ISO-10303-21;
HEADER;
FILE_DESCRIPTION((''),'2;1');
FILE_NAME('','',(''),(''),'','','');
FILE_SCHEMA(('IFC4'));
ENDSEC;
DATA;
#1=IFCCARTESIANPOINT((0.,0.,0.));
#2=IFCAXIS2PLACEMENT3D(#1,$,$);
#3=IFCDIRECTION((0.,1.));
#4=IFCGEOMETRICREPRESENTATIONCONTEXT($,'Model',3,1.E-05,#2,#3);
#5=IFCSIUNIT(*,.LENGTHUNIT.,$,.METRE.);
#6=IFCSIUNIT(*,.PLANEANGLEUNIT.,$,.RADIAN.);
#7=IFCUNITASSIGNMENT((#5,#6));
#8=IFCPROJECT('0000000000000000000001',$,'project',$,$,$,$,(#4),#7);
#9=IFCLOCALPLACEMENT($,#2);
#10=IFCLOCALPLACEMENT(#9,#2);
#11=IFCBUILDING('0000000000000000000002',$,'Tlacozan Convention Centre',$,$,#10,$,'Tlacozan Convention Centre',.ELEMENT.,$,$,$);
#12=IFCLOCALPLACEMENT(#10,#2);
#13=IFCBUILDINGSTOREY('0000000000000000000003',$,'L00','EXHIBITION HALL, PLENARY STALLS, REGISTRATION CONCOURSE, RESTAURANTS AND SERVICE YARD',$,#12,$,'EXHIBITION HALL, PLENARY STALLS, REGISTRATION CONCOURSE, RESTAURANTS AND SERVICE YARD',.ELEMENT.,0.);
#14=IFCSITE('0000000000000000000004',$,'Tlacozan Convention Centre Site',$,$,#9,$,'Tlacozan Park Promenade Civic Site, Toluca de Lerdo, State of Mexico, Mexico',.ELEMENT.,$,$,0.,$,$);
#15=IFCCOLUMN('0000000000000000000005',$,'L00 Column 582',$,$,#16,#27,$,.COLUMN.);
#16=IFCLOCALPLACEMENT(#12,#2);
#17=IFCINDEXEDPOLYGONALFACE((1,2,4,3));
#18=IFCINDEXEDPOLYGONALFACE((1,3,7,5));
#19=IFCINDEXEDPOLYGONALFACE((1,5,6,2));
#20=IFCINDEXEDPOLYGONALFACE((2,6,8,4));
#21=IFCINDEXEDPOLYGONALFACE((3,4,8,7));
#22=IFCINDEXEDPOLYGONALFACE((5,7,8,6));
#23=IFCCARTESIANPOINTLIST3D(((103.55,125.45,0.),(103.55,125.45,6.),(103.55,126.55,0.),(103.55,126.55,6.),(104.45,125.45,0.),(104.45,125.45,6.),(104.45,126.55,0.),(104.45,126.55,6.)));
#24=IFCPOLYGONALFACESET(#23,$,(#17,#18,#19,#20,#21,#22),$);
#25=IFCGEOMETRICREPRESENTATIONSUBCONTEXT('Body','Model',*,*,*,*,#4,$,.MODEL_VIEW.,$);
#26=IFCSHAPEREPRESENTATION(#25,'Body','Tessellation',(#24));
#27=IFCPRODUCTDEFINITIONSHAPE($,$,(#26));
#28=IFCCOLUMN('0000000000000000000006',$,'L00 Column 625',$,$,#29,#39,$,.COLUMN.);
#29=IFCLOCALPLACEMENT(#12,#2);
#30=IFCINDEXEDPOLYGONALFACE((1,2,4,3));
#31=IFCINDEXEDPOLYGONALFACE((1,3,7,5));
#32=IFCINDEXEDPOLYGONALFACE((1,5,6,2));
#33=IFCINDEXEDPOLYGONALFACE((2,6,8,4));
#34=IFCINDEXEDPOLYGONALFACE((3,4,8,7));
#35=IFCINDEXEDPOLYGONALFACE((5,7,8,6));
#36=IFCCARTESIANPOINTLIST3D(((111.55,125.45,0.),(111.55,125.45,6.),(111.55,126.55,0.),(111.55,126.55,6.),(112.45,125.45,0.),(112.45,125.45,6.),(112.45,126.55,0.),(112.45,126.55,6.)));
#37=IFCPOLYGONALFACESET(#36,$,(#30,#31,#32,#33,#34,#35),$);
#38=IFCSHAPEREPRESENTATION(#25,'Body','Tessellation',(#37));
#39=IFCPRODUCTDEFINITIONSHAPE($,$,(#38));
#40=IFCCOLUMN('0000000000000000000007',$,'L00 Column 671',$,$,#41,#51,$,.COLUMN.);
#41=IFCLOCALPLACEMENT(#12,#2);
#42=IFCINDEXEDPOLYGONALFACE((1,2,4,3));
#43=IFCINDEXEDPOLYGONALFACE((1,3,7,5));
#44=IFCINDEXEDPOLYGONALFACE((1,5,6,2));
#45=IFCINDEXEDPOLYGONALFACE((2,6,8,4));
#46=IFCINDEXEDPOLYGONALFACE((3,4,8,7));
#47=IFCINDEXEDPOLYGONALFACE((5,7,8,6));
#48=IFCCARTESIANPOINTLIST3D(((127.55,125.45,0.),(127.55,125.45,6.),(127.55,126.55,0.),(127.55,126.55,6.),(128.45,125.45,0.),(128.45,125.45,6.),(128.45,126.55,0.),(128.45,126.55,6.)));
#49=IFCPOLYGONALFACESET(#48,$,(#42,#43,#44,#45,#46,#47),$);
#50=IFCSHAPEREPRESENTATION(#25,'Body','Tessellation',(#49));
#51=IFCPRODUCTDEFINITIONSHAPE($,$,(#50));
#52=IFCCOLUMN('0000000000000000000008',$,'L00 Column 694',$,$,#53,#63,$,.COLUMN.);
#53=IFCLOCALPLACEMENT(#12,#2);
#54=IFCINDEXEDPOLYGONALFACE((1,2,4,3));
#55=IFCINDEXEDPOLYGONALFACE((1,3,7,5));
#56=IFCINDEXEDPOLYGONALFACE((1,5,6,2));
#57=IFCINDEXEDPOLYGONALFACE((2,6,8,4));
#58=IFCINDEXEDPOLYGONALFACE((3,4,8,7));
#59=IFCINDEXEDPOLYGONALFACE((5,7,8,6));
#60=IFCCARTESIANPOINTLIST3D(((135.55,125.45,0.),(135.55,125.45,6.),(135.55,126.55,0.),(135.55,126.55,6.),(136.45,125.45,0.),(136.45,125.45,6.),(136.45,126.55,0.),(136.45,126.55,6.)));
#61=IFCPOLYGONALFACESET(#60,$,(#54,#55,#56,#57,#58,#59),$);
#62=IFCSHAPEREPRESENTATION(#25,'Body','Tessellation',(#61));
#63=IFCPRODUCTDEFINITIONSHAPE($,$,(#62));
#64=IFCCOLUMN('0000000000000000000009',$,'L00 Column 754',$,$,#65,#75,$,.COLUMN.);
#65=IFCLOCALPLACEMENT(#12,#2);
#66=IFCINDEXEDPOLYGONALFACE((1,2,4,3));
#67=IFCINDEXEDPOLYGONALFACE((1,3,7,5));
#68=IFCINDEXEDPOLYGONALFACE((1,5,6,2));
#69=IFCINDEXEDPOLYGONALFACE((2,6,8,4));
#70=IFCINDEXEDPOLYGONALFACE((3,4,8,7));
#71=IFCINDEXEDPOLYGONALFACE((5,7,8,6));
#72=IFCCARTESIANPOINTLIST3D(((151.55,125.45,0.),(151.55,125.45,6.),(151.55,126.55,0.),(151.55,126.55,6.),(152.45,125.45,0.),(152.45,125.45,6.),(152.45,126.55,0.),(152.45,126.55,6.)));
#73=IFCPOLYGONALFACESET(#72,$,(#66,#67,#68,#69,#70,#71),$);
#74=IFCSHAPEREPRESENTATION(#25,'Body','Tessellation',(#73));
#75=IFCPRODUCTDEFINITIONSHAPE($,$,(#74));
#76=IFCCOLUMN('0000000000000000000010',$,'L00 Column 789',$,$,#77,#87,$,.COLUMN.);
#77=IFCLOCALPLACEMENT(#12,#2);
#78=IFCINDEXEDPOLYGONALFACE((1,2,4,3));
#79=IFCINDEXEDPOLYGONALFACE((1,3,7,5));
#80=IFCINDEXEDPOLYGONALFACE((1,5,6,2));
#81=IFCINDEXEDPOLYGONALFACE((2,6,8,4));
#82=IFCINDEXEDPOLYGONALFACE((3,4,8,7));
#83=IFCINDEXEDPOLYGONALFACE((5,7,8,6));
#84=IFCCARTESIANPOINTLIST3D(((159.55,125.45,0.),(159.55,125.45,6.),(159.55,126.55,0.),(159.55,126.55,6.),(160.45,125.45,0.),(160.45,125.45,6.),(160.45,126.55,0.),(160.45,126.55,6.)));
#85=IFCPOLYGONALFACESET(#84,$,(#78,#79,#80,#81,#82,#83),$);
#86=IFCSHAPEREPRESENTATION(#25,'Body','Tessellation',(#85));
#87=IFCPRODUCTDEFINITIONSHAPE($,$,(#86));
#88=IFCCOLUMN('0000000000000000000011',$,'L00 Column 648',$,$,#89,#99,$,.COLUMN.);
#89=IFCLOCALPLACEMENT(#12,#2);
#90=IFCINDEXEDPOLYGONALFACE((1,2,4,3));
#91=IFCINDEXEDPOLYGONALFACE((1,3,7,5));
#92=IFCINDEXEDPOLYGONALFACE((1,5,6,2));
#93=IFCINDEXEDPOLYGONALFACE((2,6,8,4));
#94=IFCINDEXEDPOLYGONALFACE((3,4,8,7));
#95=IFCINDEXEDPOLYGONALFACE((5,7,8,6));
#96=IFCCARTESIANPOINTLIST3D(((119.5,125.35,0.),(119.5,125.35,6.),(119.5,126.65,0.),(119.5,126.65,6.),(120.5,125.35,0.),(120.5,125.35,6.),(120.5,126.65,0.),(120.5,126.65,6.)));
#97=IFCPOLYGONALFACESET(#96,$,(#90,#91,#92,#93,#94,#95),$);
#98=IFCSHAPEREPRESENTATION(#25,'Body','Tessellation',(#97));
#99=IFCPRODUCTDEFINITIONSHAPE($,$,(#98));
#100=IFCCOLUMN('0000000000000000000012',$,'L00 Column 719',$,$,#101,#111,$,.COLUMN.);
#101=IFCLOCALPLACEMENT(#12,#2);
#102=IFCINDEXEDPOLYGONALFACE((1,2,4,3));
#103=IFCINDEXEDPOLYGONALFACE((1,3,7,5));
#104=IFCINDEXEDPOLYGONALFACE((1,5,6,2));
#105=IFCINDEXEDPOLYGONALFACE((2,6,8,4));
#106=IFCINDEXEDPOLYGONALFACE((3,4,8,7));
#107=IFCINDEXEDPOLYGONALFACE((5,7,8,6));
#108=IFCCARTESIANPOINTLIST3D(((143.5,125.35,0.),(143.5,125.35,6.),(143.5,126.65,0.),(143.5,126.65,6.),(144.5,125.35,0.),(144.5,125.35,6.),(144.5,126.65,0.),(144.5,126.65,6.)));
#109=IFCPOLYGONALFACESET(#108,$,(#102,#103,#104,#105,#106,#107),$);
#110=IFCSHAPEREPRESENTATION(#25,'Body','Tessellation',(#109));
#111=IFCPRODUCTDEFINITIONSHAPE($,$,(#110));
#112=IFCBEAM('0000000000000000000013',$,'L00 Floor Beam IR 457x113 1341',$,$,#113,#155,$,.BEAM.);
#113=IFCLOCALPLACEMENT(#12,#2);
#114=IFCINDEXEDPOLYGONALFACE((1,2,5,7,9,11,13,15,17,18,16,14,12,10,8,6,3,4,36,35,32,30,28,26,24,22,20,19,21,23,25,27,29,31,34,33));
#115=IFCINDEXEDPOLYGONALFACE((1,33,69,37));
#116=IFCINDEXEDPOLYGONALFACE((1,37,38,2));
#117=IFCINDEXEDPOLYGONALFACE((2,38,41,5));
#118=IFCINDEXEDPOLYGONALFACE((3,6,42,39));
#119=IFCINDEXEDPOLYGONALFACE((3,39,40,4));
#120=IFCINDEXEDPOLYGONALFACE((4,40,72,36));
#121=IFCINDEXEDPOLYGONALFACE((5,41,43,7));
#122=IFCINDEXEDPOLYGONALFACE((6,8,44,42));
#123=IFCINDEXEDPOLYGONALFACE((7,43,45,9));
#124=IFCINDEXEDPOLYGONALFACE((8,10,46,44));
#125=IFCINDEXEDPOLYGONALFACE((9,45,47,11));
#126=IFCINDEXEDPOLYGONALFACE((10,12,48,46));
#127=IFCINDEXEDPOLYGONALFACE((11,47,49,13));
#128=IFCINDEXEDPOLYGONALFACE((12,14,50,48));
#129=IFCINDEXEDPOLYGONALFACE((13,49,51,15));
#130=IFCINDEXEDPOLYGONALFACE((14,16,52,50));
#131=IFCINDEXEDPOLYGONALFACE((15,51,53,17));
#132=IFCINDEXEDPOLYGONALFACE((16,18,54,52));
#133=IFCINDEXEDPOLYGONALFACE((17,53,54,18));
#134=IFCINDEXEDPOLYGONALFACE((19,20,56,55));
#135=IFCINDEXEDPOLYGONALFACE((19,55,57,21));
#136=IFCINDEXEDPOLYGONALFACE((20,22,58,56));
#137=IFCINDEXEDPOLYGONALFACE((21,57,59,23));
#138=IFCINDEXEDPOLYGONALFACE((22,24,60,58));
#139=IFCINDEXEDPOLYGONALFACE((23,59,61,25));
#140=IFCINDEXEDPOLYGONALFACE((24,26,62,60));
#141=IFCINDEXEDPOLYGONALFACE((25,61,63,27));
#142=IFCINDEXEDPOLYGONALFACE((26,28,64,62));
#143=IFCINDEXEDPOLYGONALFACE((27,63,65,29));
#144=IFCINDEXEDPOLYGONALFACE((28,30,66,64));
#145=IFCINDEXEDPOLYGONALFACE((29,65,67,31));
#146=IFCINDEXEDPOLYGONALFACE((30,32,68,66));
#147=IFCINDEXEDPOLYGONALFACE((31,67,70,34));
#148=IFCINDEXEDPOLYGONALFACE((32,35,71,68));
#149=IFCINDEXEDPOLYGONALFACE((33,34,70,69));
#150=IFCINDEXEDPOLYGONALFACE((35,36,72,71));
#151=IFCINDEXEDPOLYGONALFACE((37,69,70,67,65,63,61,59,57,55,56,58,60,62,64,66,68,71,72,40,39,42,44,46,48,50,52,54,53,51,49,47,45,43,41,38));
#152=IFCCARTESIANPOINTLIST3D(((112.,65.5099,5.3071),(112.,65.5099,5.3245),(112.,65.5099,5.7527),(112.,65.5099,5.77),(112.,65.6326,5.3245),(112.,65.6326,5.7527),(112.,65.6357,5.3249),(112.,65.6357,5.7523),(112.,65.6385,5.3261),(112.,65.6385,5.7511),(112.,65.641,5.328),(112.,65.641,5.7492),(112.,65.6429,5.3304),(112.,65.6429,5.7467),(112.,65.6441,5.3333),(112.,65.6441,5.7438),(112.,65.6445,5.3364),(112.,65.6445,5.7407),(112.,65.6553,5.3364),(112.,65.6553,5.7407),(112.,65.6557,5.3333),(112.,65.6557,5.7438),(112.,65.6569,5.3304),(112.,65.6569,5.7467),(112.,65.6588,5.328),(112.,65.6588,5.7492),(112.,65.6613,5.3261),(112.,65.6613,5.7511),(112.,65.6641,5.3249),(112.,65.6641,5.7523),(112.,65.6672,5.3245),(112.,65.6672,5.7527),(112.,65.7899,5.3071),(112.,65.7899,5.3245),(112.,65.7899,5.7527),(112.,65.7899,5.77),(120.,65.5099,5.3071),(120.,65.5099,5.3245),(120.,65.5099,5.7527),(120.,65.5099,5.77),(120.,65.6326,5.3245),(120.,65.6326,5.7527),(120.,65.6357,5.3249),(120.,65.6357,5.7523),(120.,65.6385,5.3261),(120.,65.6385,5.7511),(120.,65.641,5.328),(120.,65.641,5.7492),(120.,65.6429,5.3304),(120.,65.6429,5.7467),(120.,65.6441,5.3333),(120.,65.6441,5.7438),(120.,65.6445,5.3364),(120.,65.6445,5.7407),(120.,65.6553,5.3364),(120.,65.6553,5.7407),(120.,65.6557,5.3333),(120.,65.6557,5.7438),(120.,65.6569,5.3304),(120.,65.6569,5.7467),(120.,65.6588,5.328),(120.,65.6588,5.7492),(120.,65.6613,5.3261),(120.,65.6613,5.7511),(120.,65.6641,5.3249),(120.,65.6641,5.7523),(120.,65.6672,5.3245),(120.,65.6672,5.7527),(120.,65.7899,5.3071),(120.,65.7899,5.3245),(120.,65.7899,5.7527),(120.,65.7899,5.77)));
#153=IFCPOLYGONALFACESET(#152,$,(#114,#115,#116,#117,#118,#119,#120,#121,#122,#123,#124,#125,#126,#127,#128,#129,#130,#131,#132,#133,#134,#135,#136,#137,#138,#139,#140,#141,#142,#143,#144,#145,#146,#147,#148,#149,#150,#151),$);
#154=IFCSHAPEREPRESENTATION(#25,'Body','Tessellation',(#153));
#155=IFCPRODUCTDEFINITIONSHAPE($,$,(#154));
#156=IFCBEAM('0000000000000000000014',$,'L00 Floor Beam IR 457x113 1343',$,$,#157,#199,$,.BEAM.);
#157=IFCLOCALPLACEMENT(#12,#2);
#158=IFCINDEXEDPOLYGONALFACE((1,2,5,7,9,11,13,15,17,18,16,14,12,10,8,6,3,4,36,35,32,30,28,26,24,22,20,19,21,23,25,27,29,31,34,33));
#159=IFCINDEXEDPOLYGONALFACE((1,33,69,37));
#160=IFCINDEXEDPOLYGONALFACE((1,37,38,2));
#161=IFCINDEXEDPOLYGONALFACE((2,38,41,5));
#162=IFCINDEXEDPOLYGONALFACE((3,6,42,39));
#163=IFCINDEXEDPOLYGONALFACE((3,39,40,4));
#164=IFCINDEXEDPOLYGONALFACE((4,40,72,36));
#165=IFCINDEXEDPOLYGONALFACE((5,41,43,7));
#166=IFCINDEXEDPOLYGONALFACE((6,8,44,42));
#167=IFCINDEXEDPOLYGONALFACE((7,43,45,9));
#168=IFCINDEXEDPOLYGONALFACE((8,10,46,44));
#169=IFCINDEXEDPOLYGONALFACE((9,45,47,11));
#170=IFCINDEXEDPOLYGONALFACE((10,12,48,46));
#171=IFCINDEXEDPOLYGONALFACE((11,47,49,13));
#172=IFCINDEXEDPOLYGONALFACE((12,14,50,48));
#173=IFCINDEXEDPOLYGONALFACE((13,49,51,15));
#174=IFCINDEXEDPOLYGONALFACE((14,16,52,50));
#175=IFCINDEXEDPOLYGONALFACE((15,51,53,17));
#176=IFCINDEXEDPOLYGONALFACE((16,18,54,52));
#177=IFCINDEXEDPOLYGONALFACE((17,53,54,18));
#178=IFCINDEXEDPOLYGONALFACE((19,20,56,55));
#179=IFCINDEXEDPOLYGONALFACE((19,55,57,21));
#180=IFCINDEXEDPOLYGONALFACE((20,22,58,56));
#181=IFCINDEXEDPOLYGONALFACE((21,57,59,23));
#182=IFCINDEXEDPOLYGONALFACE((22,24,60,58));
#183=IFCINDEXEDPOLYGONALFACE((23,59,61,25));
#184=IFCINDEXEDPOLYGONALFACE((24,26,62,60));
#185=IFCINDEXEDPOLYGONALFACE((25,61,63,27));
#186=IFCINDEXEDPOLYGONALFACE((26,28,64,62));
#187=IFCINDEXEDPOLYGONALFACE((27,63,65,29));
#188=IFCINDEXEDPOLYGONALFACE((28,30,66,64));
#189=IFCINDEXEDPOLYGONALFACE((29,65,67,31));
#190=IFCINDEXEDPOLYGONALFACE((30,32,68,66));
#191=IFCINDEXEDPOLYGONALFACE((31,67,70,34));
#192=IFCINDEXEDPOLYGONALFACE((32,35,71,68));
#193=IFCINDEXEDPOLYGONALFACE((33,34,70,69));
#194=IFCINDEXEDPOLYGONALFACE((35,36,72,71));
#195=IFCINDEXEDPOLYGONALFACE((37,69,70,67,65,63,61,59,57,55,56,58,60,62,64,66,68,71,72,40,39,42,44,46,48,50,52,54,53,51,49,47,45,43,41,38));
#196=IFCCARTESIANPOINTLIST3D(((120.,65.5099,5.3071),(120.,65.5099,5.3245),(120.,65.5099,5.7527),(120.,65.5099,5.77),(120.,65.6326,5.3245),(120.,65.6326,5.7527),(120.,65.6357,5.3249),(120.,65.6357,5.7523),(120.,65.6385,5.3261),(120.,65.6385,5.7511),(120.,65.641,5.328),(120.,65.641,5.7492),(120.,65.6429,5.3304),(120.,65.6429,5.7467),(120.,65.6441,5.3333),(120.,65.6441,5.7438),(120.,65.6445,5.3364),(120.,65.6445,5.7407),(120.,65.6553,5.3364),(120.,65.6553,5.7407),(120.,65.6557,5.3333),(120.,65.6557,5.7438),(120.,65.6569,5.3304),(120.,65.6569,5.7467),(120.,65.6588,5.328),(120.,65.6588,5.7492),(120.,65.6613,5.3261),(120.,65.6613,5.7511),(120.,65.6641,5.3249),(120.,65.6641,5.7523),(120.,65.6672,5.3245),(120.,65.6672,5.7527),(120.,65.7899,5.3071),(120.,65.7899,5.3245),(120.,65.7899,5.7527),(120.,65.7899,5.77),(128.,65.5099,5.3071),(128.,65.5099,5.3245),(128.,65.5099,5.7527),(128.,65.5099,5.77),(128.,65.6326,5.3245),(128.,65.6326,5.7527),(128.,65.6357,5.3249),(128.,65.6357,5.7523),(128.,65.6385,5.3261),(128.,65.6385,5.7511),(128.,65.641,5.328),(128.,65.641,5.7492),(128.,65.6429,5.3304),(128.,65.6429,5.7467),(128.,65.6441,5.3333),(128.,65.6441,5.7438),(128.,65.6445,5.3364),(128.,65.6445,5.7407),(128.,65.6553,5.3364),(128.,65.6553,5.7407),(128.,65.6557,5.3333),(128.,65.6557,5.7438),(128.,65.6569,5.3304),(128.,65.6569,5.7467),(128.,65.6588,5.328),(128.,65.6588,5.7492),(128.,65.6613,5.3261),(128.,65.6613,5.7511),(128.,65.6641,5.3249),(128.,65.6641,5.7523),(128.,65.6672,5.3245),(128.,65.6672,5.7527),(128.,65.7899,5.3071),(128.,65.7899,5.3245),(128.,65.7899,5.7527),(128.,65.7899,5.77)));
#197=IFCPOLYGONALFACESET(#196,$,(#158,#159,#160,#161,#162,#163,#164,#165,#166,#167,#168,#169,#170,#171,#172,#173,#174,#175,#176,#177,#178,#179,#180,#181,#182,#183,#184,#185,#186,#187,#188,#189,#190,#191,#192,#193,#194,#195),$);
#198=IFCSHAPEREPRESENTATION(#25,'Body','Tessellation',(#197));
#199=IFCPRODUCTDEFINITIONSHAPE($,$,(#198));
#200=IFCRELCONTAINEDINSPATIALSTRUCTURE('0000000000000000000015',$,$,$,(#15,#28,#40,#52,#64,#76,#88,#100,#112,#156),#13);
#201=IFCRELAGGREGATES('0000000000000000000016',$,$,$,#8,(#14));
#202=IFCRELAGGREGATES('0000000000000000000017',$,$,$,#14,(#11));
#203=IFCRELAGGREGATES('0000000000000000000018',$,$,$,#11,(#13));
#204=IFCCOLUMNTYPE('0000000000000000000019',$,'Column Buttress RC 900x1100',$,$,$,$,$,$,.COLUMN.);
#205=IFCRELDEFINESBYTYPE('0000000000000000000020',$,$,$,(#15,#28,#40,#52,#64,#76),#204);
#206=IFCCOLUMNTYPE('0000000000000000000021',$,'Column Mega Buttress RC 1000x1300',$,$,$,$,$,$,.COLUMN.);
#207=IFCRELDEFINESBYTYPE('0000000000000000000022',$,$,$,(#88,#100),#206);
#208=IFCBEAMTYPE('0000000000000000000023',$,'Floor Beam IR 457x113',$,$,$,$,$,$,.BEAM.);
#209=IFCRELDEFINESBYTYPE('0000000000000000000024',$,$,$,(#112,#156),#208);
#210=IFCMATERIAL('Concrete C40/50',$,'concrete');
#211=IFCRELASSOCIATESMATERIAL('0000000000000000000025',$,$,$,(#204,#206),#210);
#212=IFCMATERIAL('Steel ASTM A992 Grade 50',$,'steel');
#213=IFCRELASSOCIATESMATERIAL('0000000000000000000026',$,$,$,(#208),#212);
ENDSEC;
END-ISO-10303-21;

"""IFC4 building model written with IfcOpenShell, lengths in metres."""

from ifc_helpers import new_model, si_unit, direction, frame, origin, origin_2d, place, context, subcontext, project, spatial, rectangle, i_section, extrude, material, material_profile, profile_set, type_object, element, save


model = new_model("IFC4")

# Units and contexts
model_context = context("Model", 3, precision=1e-05, world=origin(), true_north=direction((0.0, 1.0)))
body_context = subcontext(model_context, "Body", "Model", "MODEL_VIEW")
ifc_project = project(units=[si_unit("LENGTHUNIT", "METRE"), si_unit("PLANEANGLEUNIT", "RADIAN")], contexts=[model_context])

# Site, building, storey
site_placement = place(None, origin())
site = spatial("IfcSite", under=ifc_project, at=site_placement, Name="Tlacozan Convention Centre Site", LongName="Tlacozan Park Promenade Civic Site, Toluca de Lerdo, State of Mexico, Mexico", CompositionType="ELEMENT", RefElevation=0.0)
building_placement = place(site_placement, origin())
building = spatial("IfcBuilding", under=site, at=building_placement, Name="Tlacozan Convention Centre", LongName="Tlacozan Convention Centre", CompositionType="ELEMENT")
storey_placement = place(building_placement, origin())
storey = spatial("IfcBuildingStorey", under=building, at=storey_placement, Name="L00", Description="EXHIBITION HALL, PLENARY STALLS, REGISTRATION CONCOURSE, RESTAURANTS AND SERVICE YARD", LongName="EXHIBITION HALL, PLENARY STALLS, REGISTRATION CONCOURSE, RESTAURANTS AND SERVICE YARD", CompositionType="ELEMENT", Elevation=0.0)

# Columns
ifc_material_1 = material(Name="Concrete C40/50", Category="concrete")
ifc_material_profile_1 = material_profile(ifc_material_1, rectangle(XDim=0.8999, YDim=1.1001, at=origin_2d()), Name="RC 900x1100")
ifc_profile_set_1 = profile_set([ifc_material_profile_1], Name="Concrete C40/50")
column_type_1 = type_object("IfcColumnType", Name="Column Buttress RC 900x1100", PredefinedType="COLUMN", material=ifc_profile_set_1)
for number, where, z_axis, x_axis, name in (
    (1, (104.0, 126.0, 0.0), (0.0, 0.0, 1.0), (1.0, 0.0, 0.0), "L00 Column 582"),
    (2, (112.0, 126.0, 0.0), (0.0, 0.0, 1.0), (1.0, 0.0, 0.0), "L00 Column 625"),
    (3, (128.0, 126.0, 0.0), (0.0, 0.0, 1.0), (1.0, 0.0, 0.0), "L00 Column 671"),
    (4, (136.0, 126.0, 0.0), (0.0, 0.0, 1.0), (1.0, 0.0, 0.0), "L00 Column 694"),
    (5, (152.0, 126.0, 0.0), (0.0, 0.0, 1.0), (1.0, 0.0, 0.0), "L00 Column 754"),
    (6, (160.0, 126.0, 0.0), (0.0, 0.0, 1.0), (1.0, 0.0, 0.0), "L00 Column 789"),
):
    element("IfcColumn", number, at=place(storey_placement, frame(where, z_axis=z_axis, x_axis=x_axis)), inside=storey, type_object=column_type_1, Name=name, PredefinedType="COLUMN", context=body_context, shape_type="SweptSolid", body=[
        extrude(rectangle(XDim=0.8999, YDim=1.1001, at=origin_2d()), origin(), (0.0, 0.0, 1.0), 6.0),
    ])
ifc_material_profile_2 = material_profile(ifc_material_1, rectangle(XDim=1.0, YDim=1.3, at=origin_2d()), Name="RC 1000x1300")
ifc_profile_set_2 = profile_set([ifc_material_profile_2], Name="Concrete C40/50")
column_type_2 = type_object("IfcColumnType", Name="Column Mega Buttress RC 1000x1300", PredefinedType="COLUMN", material=ifc_profile_set_2)
for number, where, z_axis, x_axis, name in (
    (7, (120.0, 126.0, 0.0), (0.0, 0.0, 1.0), (1.0, 0.0, 0.0), "L00 Column 648"),
    (8, (144.0, 126.0, 0.0), (0.0, 0.0, 1.0), (1.0, 0.0, 0.0), "L00 Column 719"),
):
    element("IfcColumn", number, at=place(storey_placement, frame(where, z_axis=z_axis, x_axis=x_axis)), inside=storey, type_object=column_type_2, Name=name, PredefinedType="COLUMN", context=body_context, shape_type="SweptSolid", body=[
        extrude(rectangle(XDim=1.0, YDim=1.3, at=origin_2d()), origin(), (0.0, 0.0, 1.0), 6.0),
    ])

# Beams
ifc_material_2 = material(Name="Steel ASTM A992 Grade 50", Category="steel")
ifc_material_profile_3 = material_profile(ifc_material_2, i_section(OverallWidth=0.28, OverallDepth=0.4629, WebThickness=0.0107, FlangeThickness=0.0173, FilletRadius=0.012, at=origin_2d()), Name="IR 457x113.0")
ifc_profile_set_3 = profile_set([ifc_material_profile_3], Name="Steel ASTM A992 Grade 50")
beam_type = type_object("IfcBeamType", Name="Floor Beam IR 457x113", PredefinedType="BEAM", material=ifc_profile_set_3)
for number, where, z_axis, x_axis, name in (
    (9, (112.0, 65.6499, 5.5386), (1.0, 0.0, 0.0), (0.0, 1.0, 0.0), "L00 Floor Beam IR 457x113 1341"),
    (10, (120.0, 65.6499, 5.5386), (1.0, 0.0, 0.0), (0.0, 1.0, 0.0), "L00 Floor Beam IR 457x113 1343"),
):
    element("IfcBeam", number, at=place(storey_placement, frame(where, z_axis=z_axis, x_axis=x_axis)), inside=storey, type_object=beam_type, Name=name, PredefinedType="BEAM", context=body_context, shape_type="SweptSolid", body=[
        extrude(i_section(OverallWidth=0.28, OverallDepth=0.4629, WebThickness=0.0107, FlangeThickness=0.0173, FilletRadius=0.012, at=origin_2d()), origin(), (0.0, 0.0, 1.0), 8.0),
    ])

save(model, "model.ifc")
